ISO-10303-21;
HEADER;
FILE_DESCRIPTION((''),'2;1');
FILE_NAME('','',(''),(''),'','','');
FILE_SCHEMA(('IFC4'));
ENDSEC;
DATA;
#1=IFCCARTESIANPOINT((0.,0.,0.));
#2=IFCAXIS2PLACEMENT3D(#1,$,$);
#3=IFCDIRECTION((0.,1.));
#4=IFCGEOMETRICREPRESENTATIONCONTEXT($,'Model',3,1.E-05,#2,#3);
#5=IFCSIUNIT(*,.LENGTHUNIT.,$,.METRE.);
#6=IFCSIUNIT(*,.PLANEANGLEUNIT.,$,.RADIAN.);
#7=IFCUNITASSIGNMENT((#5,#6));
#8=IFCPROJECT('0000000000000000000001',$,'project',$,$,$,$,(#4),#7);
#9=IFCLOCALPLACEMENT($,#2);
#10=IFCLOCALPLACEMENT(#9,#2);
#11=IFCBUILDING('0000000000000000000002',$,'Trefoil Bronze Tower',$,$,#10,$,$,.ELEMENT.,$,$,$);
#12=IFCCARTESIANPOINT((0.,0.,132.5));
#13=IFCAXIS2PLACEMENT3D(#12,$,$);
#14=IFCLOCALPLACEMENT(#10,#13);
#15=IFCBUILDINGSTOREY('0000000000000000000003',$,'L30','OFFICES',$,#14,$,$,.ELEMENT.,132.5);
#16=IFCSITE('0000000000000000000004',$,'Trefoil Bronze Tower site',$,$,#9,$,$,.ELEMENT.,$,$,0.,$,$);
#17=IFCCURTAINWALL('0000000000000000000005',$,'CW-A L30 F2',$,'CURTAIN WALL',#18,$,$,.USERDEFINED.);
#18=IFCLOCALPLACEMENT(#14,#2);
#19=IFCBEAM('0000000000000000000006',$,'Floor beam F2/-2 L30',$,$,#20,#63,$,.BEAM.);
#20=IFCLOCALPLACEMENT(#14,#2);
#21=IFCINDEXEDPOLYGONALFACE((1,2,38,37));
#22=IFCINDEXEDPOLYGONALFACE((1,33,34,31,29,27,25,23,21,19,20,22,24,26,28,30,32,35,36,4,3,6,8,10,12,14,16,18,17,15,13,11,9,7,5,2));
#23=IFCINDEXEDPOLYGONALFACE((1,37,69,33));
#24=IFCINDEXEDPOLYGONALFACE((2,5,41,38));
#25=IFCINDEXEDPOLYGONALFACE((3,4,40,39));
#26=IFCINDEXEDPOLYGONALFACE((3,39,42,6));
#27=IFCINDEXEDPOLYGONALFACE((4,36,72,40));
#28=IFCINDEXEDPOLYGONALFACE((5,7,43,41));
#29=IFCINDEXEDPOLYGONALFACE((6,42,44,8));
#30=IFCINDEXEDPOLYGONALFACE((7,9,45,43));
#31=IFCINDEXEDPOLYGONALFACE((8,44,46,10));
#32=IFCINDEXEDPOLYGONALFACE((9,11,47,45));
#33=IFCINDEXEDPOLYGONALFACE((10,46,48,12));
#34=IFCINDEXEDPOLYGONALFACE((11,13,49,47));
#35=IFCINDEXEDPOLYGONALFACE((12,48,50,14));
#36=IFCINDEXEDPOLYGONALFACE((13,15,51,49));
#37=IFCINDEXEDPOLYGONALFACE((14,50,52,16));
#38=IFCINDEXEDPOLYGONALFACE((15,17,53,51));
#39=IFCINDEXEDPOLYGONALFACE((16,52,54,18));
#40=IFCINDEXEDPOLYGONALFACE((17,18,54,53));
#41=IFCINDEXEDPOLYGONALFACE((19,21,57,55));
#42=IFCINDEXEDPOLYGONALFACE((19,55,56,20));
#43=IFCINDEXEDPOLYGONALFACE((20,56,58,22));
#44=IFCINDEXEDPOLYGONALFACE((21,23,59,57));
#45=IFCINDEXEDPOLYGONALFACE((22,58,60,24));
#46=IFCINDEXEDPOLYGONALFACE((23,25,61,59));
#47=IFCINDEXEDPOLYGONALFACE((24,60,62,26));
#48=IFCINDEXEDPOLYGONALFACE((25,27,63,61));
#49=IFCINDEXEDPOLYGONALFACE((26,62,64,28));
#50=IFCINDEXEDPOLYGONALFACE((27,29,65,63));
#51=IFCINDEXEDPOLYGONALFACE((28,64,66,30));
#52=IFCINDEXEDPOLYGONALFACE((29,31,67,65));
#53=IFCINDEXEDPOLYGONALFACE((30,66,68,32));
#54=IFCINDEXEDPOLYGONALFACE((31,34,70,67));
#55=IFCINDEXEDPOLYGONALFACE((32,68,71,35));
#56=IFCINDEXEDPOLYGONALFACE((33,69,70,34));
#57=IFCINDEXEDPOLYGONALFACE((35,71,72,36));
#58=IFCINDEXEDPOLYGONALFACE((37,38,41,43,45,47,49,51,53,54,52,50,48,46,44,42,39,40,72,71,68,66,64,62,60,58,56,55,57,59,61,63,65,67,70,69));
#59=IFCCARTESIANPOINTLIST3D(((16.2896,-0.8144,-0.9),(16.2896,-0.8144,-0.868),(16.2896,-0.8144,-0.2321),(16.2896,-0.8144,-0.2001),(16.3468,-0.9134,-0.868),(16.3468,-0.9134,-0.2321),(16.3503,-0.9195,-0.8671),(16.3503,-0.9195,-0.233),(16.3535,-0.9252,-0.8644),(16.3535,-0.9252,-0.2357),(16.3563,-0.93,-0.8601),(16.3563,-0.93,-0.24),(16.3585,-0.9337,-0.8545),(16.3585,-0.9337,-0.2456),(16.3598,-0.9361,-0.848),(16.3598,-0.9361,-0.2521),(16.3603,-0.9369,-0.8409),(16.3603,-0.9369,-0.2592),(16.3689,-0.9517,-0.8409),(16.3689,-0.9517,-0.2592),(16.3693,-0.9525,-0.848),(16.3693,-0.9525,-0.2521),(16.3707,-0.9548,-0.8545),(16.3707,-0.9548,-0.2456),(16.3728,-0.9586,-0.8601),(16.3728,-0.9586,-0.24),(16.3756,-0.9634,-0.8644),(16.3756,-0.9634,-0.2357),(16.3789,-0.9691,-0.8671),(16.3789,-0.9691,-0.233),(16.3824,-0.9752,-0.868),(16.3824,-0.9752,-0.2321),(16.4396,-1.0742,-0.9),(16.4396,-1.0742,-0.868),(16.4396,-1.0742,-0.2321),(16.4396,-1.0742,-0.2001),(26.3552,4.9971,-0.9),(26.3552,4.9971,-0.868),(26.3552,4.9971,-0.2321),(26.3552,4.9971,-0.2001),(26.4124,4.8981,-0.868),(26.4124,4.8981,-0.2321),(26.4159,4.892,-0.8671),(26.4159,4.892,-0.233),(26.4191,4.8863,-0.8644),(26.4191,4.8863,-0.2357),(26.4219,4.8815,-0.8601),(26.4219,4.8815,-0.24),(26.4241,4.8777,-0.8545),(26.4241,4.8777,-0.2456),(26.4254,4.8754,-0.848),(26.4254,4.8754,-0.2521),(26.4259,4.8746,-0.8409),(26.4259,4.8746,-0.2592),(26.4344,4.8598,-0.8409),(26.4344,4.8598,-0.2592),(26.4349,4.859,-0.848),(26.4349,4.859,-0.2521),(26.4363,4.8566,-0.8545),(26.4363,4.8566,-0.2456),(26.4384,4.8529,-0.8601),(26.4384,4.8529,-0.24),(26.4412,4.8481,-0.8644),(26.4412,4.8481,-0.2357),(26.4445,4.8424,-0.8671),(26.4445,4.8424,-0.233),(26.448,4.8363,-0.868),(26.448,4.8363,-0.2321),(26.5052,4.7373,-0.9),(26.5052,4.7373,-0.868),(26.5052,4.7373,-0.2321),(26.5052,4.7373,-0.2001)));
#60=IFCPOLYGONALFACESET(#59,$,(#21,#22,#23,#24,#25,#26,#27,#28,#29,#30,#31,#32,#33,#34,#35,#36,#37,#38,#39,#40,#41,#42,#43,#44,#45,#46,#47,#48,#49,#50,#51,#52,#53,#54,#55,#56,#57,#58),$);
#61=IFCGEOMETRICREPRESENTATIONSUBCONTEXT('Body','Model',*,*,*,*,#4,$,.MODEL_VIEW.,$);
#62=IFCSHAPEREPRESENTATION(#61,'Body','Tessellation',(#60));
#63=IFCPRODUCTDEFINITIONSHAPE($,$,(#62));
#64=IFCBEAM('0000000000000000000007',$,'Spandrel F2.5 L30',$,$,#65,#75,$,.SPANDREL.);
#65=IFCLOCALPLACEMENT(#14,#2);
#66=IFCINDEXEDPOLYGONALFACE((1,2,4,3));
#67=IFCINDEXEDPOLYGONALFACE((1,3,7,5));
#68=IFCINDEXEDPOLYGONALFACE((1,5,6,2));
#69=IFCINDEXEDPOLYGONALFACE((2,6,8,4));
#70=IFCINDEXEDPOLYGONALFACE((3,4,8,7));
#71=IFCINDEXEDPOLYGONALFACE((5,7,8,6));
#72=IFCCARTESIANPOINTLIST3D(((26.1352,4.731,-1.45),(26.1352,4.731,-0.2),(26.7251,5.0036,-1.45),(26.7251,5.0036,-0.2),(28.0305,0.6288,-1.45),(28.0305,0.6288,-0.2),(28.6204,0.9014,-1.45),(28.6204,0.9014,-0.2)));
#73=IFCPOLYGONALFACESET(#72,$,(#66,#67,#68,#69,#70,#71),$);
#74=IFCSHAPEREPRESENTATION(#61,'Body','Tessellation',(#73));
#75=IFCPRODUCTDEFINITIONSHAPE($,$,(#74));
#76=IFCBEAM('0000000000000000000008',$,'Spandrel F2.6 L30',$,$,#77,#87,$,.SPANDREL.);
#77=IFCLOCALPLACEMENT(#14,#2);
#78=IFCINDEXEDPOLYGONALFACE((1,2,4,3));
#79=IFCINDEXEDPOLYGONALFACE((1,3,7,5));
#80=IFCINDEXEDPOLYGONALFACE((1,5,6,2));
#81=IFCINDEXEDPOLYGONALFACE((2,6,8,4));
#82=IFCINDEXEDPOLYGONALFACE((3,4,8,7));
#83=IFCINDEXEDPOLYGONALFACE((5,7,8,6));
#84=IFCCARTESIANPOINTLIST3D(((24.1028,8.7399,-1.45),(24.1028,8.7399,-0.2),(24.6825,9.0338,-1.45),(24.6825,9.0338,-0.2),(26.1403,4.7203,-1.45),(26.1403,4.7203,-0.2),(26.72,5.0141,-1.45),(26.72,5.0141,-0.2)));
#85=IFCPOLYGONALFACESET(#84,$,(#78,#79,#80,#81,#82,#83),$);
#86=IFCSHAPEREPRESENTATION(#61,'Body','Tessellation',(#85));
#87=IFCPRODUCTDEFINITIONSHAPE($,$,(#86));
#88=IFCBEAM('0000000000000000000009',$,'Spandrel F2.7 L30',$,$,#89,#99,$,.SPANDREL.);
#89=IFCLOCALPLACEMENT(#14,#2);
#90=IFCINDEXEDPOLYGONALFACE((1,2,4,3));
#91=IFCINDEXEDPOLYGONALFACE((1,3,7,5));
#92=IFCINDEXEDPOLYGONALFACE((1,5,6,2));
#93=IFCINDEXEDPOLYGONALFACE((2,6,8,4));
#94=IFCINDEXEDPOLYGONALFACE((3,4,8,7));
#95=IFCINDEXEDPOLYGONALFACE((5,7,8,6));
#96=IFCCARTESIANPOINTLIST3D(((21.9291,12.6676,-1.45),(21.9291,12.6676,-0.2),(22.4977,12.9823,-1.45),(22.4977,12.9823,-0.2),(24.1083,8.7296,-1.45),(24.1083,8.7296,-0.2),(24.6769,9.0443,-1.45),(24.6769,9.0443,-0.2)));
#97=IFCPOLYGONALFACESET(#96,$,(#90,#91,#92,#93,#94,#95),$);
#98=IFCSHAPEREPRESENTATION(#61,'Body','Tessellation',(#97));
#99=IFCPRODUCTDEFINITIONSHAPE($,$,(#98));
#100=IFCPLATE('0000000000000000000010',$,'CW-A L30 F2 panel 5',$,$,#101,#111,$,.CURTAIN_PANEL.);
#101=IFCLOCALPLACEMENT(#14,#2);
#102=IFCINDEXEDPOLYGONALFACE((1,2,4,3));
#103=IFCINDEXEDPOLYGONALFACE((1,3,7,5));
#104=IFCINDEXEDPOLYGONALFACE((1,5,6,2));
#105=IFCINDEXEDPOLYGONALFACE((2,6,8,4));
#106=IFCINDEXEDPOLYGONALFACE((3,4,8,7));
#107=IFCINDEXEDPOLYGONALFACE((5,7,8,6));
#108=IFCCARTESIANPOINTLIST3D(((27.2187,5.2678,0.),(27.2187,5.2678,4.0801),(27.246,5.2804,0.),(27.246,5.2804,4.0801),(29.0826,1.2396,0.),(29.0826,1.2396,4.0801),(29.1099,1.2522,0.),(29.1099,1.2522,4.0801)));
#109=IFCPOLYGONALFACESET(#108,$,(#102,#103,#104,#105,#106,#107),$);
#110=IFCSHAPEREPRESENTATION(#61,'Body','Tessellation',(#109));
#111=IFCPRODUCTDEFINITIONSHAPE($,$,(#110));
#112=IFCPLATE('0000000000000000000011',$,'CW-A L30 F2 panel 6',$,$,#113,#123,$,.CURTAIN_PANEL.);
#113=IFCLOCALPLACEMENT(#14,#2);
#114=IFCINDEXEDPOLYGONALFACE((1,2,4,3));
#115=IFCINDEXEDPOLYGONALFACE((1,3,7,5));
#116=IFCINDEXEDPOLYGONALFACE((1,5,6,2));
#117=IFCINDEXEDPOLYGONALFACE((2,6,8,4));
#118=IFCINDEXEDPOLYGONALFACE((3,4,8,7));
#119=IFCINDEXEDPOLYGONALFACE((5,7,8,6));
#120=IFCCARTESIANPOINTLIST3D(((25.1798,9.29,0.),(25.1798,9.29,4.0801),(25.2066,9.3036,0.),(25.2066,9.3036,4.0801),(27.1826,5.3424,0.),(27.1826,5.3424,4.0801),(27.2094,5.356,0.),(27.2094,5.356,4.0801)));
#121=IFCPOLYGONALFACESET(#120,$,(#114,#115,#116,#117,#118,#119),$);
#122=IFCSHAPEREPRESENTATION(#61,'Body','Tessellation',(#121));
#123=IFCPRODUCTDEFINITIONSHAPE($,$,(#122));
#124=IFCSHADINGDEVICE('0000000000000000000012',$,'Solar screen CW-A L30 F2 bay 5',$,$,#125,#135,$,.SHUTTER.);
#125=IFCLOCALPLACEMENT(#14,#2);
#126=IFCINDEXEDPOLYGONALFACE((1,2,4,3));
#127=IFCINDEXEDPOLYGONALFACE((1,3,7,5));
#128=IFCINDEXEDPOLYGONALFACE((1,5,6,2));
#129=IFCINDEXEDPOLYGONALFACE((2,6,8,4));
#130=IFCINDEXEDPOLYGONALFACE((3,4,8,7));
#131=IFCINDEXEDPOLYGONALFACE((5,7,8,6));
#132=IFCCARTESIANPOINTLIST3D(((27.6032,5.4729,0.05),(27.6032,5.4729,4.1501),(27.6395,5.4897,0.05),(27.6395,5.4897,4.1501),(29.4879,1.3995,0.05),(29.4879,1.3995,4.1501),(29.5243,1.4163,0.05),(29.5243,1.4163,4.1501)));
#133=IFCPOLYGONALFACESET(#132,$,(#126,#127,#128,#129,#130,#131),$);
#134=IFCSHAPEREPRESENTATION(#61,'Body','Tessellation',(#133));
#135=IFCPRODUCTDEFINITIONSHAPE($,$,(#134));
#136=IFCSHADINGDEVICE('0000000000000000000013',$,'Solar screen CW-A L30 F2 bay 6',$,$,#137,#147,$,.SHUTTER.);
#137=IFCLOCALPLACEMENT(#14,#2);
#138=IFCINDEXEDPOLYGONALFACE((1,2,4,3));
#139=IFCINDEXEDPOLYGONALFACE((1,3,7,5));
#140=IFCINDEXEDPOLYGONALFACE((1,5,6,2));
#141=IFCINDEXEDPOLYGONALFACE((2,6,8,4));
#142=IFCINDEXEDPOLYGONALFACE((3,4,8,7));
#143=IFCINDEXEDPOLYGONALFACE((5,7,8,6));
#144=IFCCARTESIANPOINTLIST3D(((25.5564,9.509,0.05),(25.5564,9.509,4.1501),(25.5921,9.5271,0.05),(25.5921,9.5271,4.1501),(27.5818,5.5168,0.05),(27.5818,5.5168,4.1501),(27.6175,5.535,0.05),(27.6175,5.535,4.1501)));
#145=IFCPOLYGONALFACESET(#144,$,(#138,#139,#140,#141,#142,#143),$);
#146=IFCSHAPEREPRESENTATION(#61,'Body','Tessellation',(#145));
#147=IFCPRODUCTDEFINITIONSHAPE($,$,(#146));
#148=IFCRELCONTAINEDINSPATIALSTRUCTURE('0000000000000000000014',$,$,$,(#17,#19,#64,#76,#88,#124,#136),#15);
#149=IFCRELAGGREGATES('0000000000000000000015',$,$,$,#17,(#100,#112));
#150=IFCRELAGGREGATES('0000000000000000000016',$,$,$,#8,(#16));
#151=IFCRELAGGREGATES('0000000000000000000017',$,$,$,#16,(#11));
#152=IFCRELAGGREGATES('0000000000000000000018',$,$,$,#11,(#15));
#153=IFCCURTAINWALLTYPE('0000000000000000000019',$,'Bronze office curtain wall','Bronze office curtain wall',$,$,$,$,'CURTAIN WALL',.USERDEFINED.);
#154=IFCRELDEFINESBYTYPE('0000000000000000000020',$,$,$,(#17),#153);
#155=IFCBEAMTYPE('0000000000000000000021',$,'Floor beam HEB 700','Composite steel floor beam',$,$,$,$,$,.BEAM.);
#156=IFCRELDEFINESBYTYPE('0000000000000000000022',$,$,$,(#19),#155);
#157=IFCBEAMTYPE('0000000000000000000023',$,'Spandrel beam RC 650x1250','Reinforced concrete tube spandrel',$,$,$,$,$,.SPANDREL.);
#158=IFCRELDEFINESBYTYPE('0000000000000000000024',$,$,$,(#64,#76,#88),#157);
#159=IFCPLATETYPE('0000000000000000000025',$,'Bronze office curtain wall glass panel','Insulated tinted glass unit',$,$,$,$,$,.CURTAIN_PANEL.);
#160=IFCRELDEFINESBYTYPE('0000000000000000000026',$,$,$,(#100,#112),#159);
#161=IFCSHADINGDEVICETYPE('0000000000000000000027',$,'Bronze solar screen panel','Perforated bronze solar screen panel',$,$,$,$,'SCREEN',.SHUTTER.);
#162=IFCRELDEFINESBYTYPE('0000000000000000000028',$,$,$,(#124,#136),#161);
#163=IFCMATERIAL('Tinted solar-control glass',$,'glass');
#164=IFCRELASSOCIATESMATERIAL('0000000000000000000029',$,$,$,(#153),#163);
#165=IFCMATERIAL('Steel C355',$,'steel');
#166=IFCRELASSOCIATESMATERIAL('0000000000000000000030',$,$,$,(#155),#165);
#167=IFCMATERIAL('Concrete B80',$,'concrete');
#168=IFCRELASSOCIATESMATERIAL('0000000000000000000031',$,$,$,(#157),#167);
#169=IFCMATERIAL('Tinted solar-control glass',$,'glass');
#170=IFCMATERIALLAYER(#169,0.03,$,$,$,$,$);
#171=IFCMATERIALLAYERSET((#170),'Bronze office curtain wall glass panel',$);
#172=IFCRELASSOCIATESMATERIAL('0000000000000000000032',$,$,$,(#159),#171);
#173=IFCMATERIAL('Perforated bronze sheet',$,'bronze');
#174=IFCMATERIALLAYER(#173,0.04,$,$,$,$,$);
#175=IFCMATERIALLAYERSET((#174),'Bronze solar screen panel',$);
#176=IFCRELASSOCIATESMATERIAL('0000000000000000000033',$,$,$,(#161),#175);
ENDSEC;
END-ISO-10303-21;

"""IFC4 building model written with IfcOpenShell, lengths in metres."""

from ifc_helpers import new_model, si_unit, direction, frame, origin, origin_2d, place, context, subcontext, project, spatial, rectangle, i_section, extrude, material, layer, layer_set, material_profile, profile_set, type_object, element, aggregate, save


model = new_model("IFC4")

# Units and contexts
model_context = context("Model", 3, precision=1e-05, world=origin(), true_north=direction((0.0, 1.0)))
body_context = subcontext(model_context, "Body", "Model", "MODEL_VIEW")
ifc_project = project(units=[si_unit("LENGTHUNIT", "METRE"), si_unit("PLANEANGLEUNIT", "RADIAN")], contexts=[model_context])

# Site, building, storey
site_placement = place(None, origin())
site = spatial("IfcSite", under=ifc_project, at=site_placement, Name="Trefoil Bronze Tower site", CompositionType="ELEMENT", RefElevation=0.0)
building_placement = place(site_placement, origin())
building = spatial("IfcBuilding", under=site, at=building_placement, Name="Trefoil Bronze Tower", CompositionType="ELEMENT")
storey_placement = place(building_placement, frame((0.0, 0.0, 132.5)))
storey = spatial("IfcBuildingStorey", under=building, at=storey_placement, Name="L30", Description="OFFICES", CompositionType="ELEMENT", Elevation=132.5)

# Curtain wall
ifc_material_1 = material(Name="Tinted solar-control glass", Category="glass")
curtain_wall_type = type_object("IfcCurtainWallType", Name="Bronze office curtain wall", Description="Bronze office curtain wall", ElementType="CURTAIN WALL", PredefinedType="USERDEFINED", material=ifc_material_1)
curtain_wall_placement = place(storey_placement, origin())
curtain_wall = element("IfcCurtainWall", 1, at=curtain_wall_placement, inside=storey, type_object=curtain_wall_type, Name="CW-A L30 F2", ObjectType="CURTAIN WALL", PredefinedType="USERDEFINED")

# Beams
ifc_material_2 = material(Name="Steel C355", Category="steel")
ifc_material_profile_1 = material_profile(ifc_material_2, i_section(OverallWidth=0.3, OverallDepth=0.7, WebThickness=0.0171, FlangeThickness=0.032, FilletRadius=0.0271, at=origin_2d()), Name="HEB 700")
ifc_profile_set_1 = profile_set([ifc_material_profile_1], Name="Steel C355")
beam_type_1 = type_object("IfcBeamType", Name="Floor beam HEB 700", Description="Composite steel floor beam", PredefinedType="BEAM", material=ifc_profile_set_1)
beam_1_placement = place(storey_placement, frame((26.4302, 4.8672, -0.55), z_axis=(-0.866022, -0.500007, 0.0), x_axis=(0.500007, -0.866022, 0.0)))
element("IfcBeam", 2, at=beam_1_placement, inside=storey, type_object=beam_type_1, Name="Floor beam F2/-2 L30", PredefinedType="BEAM", context=body_context, shape_type="SweptSolid", body=[
    extrude(i_section(OverallWidth=0.3, OverallDepth=0.7, WebThickness=0.0171, FlangeThickness=0.032, FilletRadius=0.0271, at=origin_2d()), origin(), (0.0, 0.0, 1.0), 11.6228),
])
ifc_material_3 = material(Name="Concrete B80", Category="concrete")
ifc_material_profile_2 = material_profile(ifc_material_3, rectangle(XDim=0.6499, YDim=1.25, at=origin_2d()), Name="RC 650x1250")
ifc_profile_set_2 = profile_set([ifc_material_profile_2], Name="Concrete B80")
beam_type_2 = type_object("IfcBeamType", Name="Spandrel beam RC 650x1250", Description="Reinforced concrete tube spandrel", PredefinedType="SPANDREL", material=ifc_profile_set_2)
beam_2_placement = place(storey_placement, frame((28.3254, 0.7651, -0.825), z_axis=(-0.419425, 0.90779, 0.0), x_axis=(-0.90779, -0.419425, 0.0)))
element("IfcBeam", 3, at=beam_2_placement, inside=storey, type_object=beam_type_2, Name="Spandrel F2.5 L30", PredefinedType="SPANDREL", context=body_context, shape_type="SweptSolid", body=[
    extrude(rectangle(XDim=0.6499, YDim=1.25, at=origin_2d()), origin(), (0.0, 0.0, 1.0), 4.5188),
])
beam_3_placement = place(storey_placement, frame((26.4302, 4.8672, -0.825), z_axis=(-0.452126, 0.891954, 0.0), x_axis=(-0.891954, -0.452126, 0.0)))
element("IfcBeam", 4, at=beam_3_placement, inside=storey, type_object=beam_type_2, Name="Spandrel F2.6 L30", PredefinedType="SPANDREL", context=body_context, shape_type="SweptSolid", body=[
    extrude(rectangle(XDim=0.6499, YDim=1.25, at=origin_2d()), origin(), (0.0, 0.0, 1.0), 4.5066),
])
beam_4_placement = place(storey_placement, frame((24.3926, 8.887, -0.825), z_axis=(-0.484187, 0.874965, 0.0), x_axis=(-0.874965, -0.484187, 0.0)))
element("IfcBeam", 5, at=beam_4_placement, inside=storey, type_object=beam_type_2, Name="Spandrel F2.7 L30", PredefinedType="SPANDREL", context=body_context, shape_type="SweptSolid", body=[
    extrude(rectangle(XDim=0.6499, YDim=1.25, at=origin_2d()), origin(), (0.0, 0.0, 1.0), 4.5007),
])

# Plates
ifc_material_4 = material(Name="Tinted solar-control glass", Category="glass")
ifc_layer_1 = layer(ifc_material_4, 0.03)
ifc_layer_set_1 = layer_set([ifc_layer_1], Name="Bronze office curtain wall glass panel")
plate_type = type_object("IfcPlateType", Name="Bronze office curtain wall glass panel", Description="Insulated tinted glass unit", PredefinedType="CURTAIN_PANEL", material=ifc_layer_set_1)
plate_1_placement = place(storey_placement, frame((28.1643, 3.26, 0.0), z_axis=(0.0, 0.0, 1.0), x_axis=(-0.419933, 0.907555, 0.0)))
plate_1 = element("IfcPlate", 6, at=plate_1_placement, type_object=plate_type, Name="CW-A L30 F2 panel 5", PredefinedType="CURTAIN_PANEL", context=body_context, shape_type="SweptSolid", body=[
    extrude(rectangle(XDim=4.4385, YDim=0.03, at=origin_2d()), origin(), (0.0, 0.0, 1.0), 4.0801),
])
plate_2_placement = place(storey_placement, frame((26.1946, 7.323, 0.0), z_axis=(0.0, 0.0, 1.0), x_axis=(-0.452449, 0.89179, 0.0)))
plate_2 = element("IfcPlate", 7, at=plate_2_placement, type_object=plate_type, Name="CW-A L30 F2 panel 6", PredefinedType="CURTAIN_PANEL", context=body_context, shape_type="SweptSolid", body=[
    extrude(rectangle(XDim=4.4265, YDim=0.03, at=origin_2d()), origin(), (0.0, 0.0, 1.0), 4.0801),
])
aggregate(curtain_wall, [plate_1, plate_2])

# Shading devices
ifc_material_5 = material(Name="Perforated bronze sheet", Category="bronze")
ifc_layer_2 = layer(ifc_material_5, 0.04)
ifc_layer_set_2 = layer_set([ifc_layer_2], Name="Bronze solar screen panel")
shading_device_type = type_object("IfcShadingDeviceType", Name="Bronze solar screen panel", Description="Perforated bronze solar screen panel", ElementType="SCREEN", PredefinedType="SHUTTER", material=ifc_layer_set_2)
shading_device_1_placement = place(storey_placement, frame((28.5637, 3.4446, 0.05), z_axis=(0.0, 0.0, 1.0), x_axis=(-0.419933, 0.907555, 0.0)))
element("IfcShadingDevice", 8, at=shading_device_1_placement, inside=storey, type_object=shading_device_type, Name="Solar screen CW-A L30 F2 bay 5", PredefinedType="SHUTTER", context=body_context, shape_type="SweptSolid", body=[
    extrude(rectangle(XDim=4.4883, YDim=0.04, at=origin_2d()), origin(), (0.0, 0.0, 1.0), 4.1001),
])
shading_device_2_placement = place(storey_placement, frame((26.5869, 7.522, 0.05), z_axis=(0.0, 0.0, 1.0), x_axis=(-0.452449, 0.89179, 0.0)))
element("IfcShadingDevice", 9, at=shading_device_2_placement, inside=storey, type_object=shading_device_type, Name="Solar screen CW-A L30 F2 bay 6", PredefinedType="SHUTTER", context=body_context, shape_type="SweptSolid", body=[
    extrude(rectangle(XDim=4.4766, YDim=0.04, at=origin_2d()), origin(), (0.0, 0.0, 1.0), 4.1001),
])

save(model, "model.ifc")
